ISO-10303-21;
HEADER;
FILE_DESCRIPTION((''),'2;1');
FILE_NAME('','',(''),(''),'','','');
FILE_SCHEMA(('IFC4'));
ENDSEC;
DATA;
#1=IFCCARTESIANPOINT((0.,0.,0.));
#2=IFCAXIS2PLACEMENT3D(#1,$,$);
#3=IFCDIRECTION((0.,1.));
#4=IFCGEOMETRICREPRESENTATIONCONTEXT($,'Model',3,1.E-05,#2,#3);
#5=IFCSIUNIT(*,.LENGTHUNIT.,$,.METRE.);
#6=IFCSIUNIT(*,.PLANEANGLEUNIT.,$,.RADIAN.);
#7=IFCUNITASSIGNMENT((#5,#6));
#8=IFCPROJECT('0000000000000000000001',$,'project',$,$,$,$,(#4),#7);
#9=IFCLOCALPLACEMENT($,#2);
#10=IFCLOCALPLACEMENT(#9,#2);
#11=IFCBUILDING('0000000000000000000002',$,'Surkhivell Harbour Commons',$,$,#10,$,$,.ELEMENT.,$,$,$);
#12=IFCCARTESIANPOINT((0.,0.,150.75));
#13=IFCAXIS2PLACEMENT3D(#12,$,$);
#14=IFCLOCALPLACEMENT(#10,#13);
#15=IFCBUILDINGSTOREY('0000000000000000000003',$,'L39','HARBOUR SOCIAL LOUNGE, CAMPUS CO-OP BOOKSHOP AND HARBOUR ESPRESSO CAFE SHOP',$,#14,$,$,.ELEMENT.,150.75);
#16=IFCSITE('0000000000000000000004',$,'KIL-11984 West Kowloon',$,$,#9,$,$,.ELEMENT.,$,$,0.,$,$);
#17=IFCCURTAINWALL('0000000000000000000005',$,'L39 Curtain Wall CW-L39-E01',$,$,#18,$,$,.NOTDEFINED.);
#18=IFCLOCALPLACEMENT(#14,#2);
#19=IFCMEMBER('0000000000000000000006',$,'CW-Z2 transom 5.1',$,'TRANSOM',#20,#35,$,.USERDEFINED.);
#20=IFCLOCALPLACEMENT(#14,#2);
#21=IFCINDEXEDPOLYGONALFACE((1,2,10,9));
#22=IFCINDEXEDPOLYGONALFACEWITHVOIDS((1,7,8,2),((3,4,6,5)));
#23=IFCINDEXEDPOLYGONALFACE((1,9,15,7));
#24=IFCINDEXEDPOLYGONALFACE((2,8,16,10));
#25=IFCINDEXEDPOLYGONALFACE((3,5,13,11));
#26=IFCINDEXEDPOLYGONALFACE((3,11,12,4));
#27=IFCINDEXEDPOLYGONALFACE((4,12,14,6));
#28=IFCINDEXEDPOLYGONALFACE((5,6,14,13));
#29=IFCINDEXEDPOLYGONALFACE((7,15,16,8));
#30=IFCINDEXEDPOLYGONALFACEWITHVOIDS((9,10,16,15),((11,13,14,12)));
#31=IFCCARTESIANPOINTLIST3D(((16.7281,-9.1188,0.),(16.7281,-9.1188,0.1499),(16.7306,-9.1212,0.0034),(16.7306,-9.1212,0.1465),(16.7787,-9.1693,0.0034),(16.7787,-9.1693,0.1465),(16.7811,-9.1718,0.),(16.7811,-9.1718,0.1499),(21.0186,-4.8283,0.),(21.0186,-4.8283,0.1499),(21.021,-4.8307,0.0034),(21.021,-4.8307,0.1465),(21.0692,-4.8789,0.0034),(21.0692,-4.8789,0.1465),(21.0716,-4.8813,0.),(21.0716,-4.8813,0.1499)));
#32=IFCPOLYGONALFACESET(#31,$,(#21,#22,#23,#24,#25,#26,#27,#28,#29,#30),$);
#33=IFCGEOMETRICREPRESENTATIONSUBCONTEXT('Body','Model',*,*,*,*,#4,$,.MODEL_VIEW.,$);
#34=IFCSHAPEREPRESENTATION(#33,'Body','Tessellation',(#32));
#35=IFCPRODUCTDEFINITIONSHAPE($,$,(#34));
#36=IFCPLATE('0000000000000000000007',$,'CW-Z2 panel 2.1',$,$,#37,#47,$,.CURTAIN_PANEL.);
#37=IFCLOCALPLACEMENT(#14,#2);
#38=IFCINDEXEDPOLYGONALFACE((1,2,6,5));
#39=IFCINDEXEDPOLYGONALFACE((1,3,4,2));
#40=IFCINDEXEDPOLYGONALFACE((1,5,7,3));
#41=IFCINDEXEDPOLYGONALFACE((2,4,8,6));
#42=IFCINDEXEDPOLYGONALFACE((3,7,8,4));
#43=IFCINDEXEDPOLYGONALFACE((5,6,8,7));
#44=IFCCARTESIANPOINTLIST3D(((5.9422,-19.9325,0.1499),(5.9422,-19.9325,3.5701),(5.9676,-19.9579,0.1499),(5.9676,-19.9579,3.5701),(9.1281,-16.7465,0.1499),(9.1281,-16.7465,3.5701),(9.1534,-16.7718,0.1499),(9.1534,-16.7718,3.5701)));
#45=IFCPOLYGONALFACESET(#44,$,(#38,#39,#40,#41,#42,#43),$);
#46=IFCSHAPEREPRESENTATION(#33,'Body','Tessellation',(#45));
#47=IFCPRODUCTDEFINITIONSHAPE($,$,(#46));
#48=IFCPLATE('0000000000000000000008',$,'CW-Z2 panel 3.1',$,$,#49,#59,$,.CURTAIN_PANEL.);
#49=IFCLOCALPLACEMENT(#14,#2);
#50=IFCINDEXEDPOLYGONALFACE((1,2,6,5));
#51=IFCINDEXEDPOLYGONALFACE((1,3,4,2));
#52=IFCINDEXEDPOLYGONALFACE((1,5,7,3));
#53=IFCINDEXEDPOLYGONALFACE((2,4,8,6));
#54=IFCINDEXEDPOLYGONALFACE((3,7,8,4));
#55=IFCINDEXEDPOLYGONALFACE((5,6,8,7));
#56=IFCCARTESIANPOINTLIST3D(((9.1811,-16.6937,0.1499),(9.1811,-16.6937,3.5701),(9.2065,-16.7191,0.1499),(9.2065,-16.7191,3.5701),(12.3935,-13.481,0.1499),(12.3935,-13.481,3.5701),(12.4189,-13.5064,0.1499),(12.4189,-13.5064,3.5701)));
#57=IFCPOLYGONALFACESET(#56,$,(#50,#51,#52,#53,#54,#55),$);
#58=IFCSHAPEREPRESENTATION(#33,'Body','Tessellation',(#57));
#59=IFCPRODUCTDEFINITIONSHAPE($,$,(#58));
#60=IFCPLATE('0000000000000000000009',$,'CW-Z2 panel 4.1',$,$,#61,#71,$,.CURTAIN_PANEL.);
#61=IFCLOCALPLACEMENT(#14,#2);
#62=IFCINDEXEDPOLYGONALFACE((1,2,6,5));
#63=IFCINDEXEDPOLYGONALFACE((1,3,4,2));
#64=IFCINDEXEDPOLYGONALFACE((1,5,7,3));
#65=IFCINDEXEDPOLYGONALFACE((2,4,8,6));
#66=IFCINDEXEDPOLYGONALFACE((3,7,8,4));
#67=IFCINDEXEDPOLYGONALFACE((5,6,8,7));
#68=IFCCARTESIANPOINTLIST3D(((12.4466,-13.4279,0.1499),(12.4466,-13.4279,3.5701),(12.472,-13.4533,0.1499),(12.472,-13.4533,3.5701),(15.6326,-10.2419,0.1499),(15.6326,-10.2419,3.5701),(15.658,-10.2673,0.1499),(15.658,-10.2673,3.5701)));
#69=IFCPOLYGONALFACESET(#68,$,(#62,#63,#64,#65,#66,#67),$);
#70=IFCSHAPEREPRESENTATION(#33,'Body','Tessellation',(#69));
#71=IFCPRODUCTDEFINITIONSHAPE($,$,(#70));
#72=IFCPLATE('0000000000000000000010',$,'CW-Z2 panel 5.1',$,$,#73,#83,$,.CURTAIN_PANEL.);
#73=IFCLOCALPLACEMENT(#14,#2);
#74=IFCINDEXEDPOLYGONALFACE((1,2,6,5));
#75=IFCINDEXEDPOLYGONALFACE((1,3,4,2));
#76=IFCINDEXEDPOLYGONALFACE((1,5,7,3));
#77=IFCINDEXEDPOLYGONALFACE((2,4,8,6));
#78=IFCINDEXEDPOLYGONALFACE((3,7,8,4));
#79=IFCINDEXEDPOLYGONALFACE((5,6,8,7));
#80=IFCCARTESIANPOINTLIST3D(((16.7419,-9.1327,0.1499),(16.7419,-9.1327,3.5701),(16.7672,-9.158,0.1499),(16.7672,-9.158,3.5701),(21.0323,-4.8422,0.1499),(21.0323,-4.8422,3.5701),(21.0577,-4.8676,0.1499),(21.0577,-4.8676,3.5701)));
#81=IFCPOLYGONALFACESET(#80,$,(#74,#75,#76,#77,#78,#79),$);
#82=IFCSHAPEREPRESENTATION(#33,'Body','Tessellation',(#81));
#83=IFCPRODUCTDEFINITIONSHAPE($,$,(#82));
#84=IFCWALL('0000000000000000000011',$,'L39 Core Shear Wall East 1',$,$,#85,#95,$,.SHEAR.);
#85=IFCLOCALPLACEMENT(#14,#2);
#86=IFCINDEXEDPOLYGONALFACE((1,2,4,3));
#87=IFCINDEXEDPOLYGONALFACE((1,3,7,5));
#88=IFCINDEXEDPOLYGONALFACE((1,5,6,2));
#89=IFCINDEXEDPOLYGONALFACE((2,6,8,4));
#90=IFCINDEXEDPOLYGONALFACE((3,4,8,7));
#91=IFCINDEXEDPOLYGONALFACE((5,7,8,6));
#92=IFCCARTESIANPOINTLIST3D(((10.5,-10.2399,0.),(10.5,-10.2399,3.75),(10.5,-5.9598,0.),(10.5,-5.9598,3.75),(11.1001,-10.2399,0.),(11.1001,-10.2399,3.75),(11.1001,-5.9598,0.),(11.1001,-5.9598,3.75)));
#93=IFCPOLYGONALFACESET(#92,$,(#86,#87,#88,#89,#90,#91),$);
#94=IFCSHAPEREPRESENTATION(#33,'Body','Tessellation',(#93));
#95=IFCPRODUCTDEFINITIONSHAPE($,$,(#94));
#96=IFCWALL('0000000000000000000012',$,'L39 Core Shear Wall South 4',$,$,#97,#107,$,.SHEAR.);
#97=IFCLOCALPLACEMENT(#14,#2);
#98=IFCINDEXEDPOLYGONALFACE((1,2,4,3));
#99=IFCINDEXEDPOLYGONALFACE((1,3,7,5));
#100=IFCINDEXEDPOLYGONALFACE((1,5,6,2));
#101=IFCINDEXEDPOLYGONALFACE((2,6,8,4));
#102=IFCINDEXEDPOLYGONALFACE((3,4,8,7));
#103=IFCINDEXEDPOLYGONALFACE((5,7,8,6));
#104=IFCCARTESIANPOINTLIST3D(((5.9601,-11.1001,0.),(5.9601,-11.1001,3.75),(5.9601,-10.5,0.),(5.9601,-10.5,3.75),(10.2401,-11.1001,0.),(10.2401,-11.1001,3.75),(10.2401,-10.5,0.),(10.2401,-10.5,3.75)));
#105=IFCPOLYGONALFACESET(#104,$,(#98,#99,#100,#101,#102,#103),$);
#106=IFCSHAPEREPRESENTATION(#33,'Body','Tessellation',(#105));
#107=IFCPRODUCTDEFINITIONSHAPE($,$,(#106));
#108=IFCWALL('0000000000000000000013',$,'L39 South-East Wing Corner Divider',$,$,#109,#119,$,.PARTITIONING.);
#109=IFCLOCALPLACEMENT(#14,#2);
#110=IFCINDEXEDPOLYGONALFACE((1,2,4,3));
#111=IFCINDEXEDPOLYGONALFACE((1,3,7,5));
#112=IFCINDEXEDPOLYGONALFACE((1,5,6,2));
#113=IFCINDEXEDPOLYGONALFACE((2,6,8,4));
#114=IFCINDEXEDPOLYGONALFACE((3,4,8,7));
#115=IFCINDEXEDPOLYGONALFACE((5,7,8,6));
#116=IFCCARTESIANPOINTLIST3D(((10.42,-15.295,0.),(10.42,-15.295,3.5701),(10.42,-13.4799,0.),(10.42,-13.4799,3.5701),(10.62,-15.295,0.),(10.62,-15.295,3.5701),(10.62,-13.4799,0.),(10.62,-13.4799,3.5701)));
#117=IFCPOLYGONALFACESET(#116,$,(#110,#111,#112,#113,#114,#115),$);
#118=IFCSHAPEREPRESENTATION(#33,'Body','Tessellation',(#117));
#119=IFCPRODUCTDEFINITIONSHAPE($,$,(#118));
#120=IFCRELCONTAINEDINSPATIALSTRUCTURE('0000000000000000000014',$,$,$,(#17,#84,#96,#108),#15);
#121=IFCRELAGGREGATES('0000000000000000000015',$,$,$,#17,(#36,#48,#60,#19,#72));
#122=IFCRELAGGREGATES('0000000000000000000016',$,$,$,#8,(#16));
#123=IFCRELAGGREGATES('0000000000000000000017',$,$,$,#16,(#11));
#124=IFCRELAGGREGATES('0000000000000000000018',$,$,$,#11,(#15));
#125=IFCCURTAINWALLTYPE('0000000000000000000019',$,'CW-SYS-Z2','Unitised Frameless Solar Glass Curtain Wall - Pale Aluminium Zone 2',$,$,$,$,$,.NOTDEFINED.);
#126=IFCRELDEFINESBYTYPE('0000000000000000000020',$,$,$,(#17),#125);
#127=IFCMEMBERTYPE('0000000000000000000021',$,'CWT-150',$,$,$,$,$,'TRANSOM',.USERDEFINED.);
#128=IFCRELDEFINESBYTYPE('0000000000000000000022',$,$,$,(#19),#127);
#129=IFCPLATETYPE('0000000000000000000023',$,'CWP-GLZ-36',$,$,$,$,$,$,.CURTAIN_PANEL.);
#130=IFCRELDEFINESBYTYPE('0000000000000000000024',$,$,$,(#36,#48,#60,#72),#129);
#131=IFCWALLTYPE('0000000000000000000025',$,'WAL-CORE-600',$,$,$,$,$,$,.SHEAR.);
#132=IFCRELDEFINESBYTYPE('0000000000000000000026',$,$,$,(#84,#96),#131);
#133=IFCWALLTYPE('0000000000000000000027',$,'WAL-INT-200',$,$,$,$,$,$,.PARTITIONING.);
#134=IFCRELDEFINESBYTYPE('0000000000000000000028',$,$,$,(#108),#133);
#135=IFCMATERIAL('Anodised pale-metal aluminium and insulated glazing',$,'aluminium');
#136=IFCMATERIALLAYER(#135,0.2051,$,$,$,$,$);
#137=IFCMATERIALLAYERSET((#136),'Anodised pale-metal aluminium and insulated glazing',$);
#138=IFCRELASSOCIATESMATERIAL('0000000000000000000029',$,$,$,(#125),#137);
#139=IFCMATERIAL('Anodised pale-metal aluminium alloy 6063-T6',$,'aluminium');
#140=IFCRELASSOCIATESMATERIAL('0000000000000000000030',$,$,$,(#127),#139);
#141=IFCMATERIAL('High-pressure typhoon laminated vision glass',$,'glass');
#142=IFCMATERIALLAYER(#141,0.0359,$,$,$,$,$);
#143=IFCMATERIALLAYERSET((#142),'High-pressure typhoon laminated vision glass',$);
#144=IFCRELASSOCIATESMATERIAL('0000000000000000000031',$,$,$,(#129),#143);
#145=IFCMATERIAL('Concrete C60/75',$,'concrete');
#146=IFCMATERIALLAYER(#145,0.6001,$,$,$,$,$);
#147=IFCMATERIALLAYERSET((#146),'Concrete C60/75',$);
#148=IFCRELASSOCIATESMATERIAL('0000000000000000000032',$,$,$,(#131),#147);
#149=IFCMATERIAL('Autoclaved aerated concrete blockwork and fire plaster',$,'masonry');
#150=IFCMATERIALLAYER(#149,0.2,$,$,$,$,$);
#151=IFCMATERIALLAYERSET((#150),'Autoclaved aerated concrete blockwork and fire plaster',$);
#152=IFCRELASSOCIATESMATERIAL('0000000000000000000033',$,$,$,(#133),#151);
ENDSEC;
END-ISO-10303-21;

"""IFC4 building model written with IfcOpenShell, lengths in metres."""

from ifc_helpers import new_model, si_unit, direction, frame, frame_2d, origin, origin_2d, place, context, subcontext, project, spatial, rectangle, hollow_rectangle, extrude, material, layer, layer_set, material_profile, profile_set, type_object, element, aggregate, save


model = new_model("IFC4")

# Units and contexts
model_context = context("Model", 3, precision=1e-05, world=origin(), true_north=direction((0.0, 1.0)))
body_context = subcontext(model_context, "Body", "Model", "MODEL_VIEW")
ifc_project = project(units=[si_unit("LENGTHUNIT", "METRE"), si_unit("PLANEANGLEUNIT", "RADIAN")], contexts=[model_context])

# Site, building, storey
site_placement = place(None, origin())
site = spatial("IfcSite", under=ifc_project, at=site_placement, Name="KIL-11984 West Kowloon", CompositionType="ELEMENT", RefElevation=0.0)
building_placement = place(site_placement, origin())
building = spatial("IfcBuilding", under=site, at=building_placement, Name="Surkhivell Harbour Commons", CompositionType="ELEMENT")
storey_placement = place(building_placement, frame((0.0, 0.0, 150.75)))
storey = spatial("IfcBuildingStorey", under=building, at=storey_placement, Name="L39", Description="HARBOUR SOCIAL LOUNGE, CAMPUS CO-OP BOOKSHOP AND HARBOUR ESPRESSO CAFE SHOP", CompositionType="ELEMENT", Elevation=150.75)

# Shared definitions
ifc_material_1 = material(Name="Concrete C60/75", Category="concrete")

# Curtain wall, member, plates
ifc_material_2 = material(Name="Anodised pale-metal aluminium and insulated glazing", Category="aluminium")
ifc_layer_1 = layer(ifc_material_2, 0.2051)
ifc_layer_set_1 = layer_set([ifc_layer_1], Name="Anodised pale-metal aluminium and insulated glazing")
curtain_wall_type = type_object("IfcCurtainWallType", Name="CW-SYS-Z2", Description="Unitised Frameless Solar Glass Curtain Wall - Pale Aluminium Zone 2", PredefinedType="NOTDEFINED", material=ifc_layer_set_1)
curtain_wall_placement = place(storey_placement, origin())
curtain_wall = element("IfcCurtainWall", 1, at=curtain_wall_placement, inside=storey, type_object=curtain_wall_type, Name="L39 Curtain Wall CW-L39-E01", PredefinedType="NOTDEFINED")
ifc_material_3 = material(Name="Anodised pale-metal aluminium alloy 6063-T6", Category="aluminium")
ifc_material_profile_1 = material_profile(ifc_material_3, hollow_rectangle(XDim=0.075, YDim=0.1499, WallThickness=0.0034, at=origin_2d()), Name="ALU-TRAN-75x150")
ifc_profile_set_1 = profile_set([ifc_material_profile_1], Name="Anodised pale-metal aluminium alloy 6063-T6")
member_type_1 = type_object("IfcMemberType", Name="CWT-150", ElementType="TRANSOM", PredefinedType="USERDEFINED", material=ifc_profile_set_1)
member_1_placement = place(storey_placement, frame((16.7546, -9.1453, 0.075), z_axis=(0.707107, 0.707107, 0.0), x_axis=(-0.707107, 0.707107, 0.0)))
member_1 = element("IfcMember", 2, at=member_1_placement, type_object=member_type_1, Name="CW-Z2 transom 5.1", ObjectType="TRANSOM", PredefinedType="USERDEFINED", context=body_context, shape_type="SweptSolid", body=[
    extrude(hollow_rectangle(XDim=0.075, YDim=0.1499, WallThickness=0.0034, at=origin_2d()), origin(), (0.0, 0.0, 1.0), 6.0676),
])
ifc_material_4 = material(Name="High-pressure typhoon laminated vision glass", Category="glass")
ifc_layer_2 = layer(ifc_material_4, 0.0359)
ifc_layer_set_2 = layer_set([ifc_layer_2], Name="High-pressure typhoon laminated vision glass")
plate_type = type_object("IfcPlateType", Name="CWP-GLZ-36", PredefinedType="CURTAIN_PANEL", material=ifc_layer_set_2)
plate_1_placement = place(storey_placement, frame((5.9548, -19.9453, 0.1499), z_axis=(0.0, 0.0, 1.0), x_axis=(0.70708, 0.707134, 0.0)))
plate_1 = element("IfcPlate", 3, at=plate_1_placement, type_object=plate_type, Name="CW-Z2 panel 2.1", PredefinedType="CURTAIN_PANEL", context=body_context, shape_type="SweptSolid", body=[
    extrude(rectangle(XDim=4.5056, YDim=0.0359, at=frame_2d((2.2529, 0.0))), origin(), (0.0, 0.0, 1.0), 3.4202),
])
plate_2_placement = place(storey_placement, frame((9.1938, -16.7063, 0.1499), z_axis=(0.0, 0.0, 1.0), x_axis=(0.70708, 0.707134, 0.0)))
plate_2 = element("IfcPlate", 4, at=plate_2_placement, type_object=plate_type, Name="CW-Z2 panel 3.1", PredefinedType="CURTAIN_PANEL", context=body_context, shape_type="SweptSolid", body=[
    extrude(rectangle(XDim=4.5432, YDim=0.0359, at=frame_2d((2.2715, 0.0))), origin(), (0.0, 0.0, 1.0), 3.4202),
])
plate_3_placement = place(storey_placement, frame((12.4592, -13.4407, 0.1499), z_axis=(0.0, 0.0, 1.0), x_axis=(0.707107, 0.707107, 0.0)))
plate_3 = element("IfcPlate", 5, at=plate_3_placement, type_object=plate_type, Name="CW-Z2 panel 4.1", PredefinedType="CURTAIN_PANEL", context=body_context, shape_type="SweptSolid", body=[
    extrude(rectangle(XDim=4.5056, YDim=0.0359, at=frame_2d((2.2529, 0.0))), origin(), (0.0, 0.0, 1.0), 3.4202),
])
plate_4_placement = place(storey_placement, frame((16.7546, -9.1453, 0.1499), z_axis=(0.0, 0.0, 1.0), x_axis=(0.707107, 0.707107, 0.0)))
plate_4 = element("IfcPlate", 6, at=plate_4_placement, type_object=plate_type, Name="CW-Z2 panel 5.1", PredefinedType="CURTAIN_PANEL", context=body_context, shape_type="SweptSolid", body=[
    extrude(rectangle(XDim=6.0676, YDim=0.0359, at=frame_2d((3.0337, 0.0))), origin(), (0.0, 0.0, 1.0), 3.4202),
])
aggregate(curtain_wall, [plate_1, plate_2, plate_3, member_1, plate_4])

# Walls
ifc_layer_3 = layer(ifc_material_1, 0.6001)
ifc_layer_set_3 = layer_set([ifc_layer_3], Name="Concrete C60/75")
wall_type_1 = type_object("IfcWallType", Name="WAL-CORE-600", PredefinedType="SHEAR", material=ifc_layer_set_3)
for number, where, z_axis, x_axis, name in (
    (7, (10.8, -10.24, 0.0), (0.0, 0.0, 1.0), (0.0, 1.0, 0.0), "L39 Core Shear Wall East 1"),
    (8, (5.96, -10.8, 0.0), (0.0, 0.0, 1.0), (1.0, 0.0, 0.0), "L39 Core Shear Wall South 4"),
):
    element("IfcWall", number, at=place(storey_placement, frame(where, z_axis=z_axis, x_axis=x_axis)), inside=storey, type_object=wall_type_1, Name=name, PredefinedType="SHEAR", context=body_context, shape_type="SweptSolid", body=[
        extrude(rectangle(XDim=4.28, YDim=0.6001, at=frame_2d((2.1401, 0.0))), origin(), (0.0, 0.0, 1.0), 3.75),
    ])
ifc_material_5 = material(Name="Autoclaved aerated concrete blockwork and fire plaster", Category="masonry")
ifc_layer_4 = layer(ifc_material_5, 0.2)
ifc_layer_set_4 = layer_set([ifc_layer_4], Name="Autoclaved aerated concrete blockwork and fire plaster")
wall_type_2 = type_object("IfcWallType", Name="WAL-INT-200", PredefinedType="PARTITIONING", material=ifc_layer_set_4)
wall_1_placement = place(storey_placement, frame((10.52, -15.2952, 0.0), z_axis=(0.0, 0.0, 1.0), x_axis=(0.0, 1.0, 0.0)))
element("IfcWall", 9, at=wall_1_placement, inside=storey, type_object=wall_type_2, Name="L39 South-East Wing Corner Divider", PredefinedType="PARTITIONING", context=body_context, shape_type="SweptSolid", body=[
    extrude(rectangle(XDim=1.8152, YDim=0.2, at=frame_2d((0.9077, 0.0))), origin(), (0.0, 0.0, 1.0), 3.5701),
])

save(model, "model.ifc")
